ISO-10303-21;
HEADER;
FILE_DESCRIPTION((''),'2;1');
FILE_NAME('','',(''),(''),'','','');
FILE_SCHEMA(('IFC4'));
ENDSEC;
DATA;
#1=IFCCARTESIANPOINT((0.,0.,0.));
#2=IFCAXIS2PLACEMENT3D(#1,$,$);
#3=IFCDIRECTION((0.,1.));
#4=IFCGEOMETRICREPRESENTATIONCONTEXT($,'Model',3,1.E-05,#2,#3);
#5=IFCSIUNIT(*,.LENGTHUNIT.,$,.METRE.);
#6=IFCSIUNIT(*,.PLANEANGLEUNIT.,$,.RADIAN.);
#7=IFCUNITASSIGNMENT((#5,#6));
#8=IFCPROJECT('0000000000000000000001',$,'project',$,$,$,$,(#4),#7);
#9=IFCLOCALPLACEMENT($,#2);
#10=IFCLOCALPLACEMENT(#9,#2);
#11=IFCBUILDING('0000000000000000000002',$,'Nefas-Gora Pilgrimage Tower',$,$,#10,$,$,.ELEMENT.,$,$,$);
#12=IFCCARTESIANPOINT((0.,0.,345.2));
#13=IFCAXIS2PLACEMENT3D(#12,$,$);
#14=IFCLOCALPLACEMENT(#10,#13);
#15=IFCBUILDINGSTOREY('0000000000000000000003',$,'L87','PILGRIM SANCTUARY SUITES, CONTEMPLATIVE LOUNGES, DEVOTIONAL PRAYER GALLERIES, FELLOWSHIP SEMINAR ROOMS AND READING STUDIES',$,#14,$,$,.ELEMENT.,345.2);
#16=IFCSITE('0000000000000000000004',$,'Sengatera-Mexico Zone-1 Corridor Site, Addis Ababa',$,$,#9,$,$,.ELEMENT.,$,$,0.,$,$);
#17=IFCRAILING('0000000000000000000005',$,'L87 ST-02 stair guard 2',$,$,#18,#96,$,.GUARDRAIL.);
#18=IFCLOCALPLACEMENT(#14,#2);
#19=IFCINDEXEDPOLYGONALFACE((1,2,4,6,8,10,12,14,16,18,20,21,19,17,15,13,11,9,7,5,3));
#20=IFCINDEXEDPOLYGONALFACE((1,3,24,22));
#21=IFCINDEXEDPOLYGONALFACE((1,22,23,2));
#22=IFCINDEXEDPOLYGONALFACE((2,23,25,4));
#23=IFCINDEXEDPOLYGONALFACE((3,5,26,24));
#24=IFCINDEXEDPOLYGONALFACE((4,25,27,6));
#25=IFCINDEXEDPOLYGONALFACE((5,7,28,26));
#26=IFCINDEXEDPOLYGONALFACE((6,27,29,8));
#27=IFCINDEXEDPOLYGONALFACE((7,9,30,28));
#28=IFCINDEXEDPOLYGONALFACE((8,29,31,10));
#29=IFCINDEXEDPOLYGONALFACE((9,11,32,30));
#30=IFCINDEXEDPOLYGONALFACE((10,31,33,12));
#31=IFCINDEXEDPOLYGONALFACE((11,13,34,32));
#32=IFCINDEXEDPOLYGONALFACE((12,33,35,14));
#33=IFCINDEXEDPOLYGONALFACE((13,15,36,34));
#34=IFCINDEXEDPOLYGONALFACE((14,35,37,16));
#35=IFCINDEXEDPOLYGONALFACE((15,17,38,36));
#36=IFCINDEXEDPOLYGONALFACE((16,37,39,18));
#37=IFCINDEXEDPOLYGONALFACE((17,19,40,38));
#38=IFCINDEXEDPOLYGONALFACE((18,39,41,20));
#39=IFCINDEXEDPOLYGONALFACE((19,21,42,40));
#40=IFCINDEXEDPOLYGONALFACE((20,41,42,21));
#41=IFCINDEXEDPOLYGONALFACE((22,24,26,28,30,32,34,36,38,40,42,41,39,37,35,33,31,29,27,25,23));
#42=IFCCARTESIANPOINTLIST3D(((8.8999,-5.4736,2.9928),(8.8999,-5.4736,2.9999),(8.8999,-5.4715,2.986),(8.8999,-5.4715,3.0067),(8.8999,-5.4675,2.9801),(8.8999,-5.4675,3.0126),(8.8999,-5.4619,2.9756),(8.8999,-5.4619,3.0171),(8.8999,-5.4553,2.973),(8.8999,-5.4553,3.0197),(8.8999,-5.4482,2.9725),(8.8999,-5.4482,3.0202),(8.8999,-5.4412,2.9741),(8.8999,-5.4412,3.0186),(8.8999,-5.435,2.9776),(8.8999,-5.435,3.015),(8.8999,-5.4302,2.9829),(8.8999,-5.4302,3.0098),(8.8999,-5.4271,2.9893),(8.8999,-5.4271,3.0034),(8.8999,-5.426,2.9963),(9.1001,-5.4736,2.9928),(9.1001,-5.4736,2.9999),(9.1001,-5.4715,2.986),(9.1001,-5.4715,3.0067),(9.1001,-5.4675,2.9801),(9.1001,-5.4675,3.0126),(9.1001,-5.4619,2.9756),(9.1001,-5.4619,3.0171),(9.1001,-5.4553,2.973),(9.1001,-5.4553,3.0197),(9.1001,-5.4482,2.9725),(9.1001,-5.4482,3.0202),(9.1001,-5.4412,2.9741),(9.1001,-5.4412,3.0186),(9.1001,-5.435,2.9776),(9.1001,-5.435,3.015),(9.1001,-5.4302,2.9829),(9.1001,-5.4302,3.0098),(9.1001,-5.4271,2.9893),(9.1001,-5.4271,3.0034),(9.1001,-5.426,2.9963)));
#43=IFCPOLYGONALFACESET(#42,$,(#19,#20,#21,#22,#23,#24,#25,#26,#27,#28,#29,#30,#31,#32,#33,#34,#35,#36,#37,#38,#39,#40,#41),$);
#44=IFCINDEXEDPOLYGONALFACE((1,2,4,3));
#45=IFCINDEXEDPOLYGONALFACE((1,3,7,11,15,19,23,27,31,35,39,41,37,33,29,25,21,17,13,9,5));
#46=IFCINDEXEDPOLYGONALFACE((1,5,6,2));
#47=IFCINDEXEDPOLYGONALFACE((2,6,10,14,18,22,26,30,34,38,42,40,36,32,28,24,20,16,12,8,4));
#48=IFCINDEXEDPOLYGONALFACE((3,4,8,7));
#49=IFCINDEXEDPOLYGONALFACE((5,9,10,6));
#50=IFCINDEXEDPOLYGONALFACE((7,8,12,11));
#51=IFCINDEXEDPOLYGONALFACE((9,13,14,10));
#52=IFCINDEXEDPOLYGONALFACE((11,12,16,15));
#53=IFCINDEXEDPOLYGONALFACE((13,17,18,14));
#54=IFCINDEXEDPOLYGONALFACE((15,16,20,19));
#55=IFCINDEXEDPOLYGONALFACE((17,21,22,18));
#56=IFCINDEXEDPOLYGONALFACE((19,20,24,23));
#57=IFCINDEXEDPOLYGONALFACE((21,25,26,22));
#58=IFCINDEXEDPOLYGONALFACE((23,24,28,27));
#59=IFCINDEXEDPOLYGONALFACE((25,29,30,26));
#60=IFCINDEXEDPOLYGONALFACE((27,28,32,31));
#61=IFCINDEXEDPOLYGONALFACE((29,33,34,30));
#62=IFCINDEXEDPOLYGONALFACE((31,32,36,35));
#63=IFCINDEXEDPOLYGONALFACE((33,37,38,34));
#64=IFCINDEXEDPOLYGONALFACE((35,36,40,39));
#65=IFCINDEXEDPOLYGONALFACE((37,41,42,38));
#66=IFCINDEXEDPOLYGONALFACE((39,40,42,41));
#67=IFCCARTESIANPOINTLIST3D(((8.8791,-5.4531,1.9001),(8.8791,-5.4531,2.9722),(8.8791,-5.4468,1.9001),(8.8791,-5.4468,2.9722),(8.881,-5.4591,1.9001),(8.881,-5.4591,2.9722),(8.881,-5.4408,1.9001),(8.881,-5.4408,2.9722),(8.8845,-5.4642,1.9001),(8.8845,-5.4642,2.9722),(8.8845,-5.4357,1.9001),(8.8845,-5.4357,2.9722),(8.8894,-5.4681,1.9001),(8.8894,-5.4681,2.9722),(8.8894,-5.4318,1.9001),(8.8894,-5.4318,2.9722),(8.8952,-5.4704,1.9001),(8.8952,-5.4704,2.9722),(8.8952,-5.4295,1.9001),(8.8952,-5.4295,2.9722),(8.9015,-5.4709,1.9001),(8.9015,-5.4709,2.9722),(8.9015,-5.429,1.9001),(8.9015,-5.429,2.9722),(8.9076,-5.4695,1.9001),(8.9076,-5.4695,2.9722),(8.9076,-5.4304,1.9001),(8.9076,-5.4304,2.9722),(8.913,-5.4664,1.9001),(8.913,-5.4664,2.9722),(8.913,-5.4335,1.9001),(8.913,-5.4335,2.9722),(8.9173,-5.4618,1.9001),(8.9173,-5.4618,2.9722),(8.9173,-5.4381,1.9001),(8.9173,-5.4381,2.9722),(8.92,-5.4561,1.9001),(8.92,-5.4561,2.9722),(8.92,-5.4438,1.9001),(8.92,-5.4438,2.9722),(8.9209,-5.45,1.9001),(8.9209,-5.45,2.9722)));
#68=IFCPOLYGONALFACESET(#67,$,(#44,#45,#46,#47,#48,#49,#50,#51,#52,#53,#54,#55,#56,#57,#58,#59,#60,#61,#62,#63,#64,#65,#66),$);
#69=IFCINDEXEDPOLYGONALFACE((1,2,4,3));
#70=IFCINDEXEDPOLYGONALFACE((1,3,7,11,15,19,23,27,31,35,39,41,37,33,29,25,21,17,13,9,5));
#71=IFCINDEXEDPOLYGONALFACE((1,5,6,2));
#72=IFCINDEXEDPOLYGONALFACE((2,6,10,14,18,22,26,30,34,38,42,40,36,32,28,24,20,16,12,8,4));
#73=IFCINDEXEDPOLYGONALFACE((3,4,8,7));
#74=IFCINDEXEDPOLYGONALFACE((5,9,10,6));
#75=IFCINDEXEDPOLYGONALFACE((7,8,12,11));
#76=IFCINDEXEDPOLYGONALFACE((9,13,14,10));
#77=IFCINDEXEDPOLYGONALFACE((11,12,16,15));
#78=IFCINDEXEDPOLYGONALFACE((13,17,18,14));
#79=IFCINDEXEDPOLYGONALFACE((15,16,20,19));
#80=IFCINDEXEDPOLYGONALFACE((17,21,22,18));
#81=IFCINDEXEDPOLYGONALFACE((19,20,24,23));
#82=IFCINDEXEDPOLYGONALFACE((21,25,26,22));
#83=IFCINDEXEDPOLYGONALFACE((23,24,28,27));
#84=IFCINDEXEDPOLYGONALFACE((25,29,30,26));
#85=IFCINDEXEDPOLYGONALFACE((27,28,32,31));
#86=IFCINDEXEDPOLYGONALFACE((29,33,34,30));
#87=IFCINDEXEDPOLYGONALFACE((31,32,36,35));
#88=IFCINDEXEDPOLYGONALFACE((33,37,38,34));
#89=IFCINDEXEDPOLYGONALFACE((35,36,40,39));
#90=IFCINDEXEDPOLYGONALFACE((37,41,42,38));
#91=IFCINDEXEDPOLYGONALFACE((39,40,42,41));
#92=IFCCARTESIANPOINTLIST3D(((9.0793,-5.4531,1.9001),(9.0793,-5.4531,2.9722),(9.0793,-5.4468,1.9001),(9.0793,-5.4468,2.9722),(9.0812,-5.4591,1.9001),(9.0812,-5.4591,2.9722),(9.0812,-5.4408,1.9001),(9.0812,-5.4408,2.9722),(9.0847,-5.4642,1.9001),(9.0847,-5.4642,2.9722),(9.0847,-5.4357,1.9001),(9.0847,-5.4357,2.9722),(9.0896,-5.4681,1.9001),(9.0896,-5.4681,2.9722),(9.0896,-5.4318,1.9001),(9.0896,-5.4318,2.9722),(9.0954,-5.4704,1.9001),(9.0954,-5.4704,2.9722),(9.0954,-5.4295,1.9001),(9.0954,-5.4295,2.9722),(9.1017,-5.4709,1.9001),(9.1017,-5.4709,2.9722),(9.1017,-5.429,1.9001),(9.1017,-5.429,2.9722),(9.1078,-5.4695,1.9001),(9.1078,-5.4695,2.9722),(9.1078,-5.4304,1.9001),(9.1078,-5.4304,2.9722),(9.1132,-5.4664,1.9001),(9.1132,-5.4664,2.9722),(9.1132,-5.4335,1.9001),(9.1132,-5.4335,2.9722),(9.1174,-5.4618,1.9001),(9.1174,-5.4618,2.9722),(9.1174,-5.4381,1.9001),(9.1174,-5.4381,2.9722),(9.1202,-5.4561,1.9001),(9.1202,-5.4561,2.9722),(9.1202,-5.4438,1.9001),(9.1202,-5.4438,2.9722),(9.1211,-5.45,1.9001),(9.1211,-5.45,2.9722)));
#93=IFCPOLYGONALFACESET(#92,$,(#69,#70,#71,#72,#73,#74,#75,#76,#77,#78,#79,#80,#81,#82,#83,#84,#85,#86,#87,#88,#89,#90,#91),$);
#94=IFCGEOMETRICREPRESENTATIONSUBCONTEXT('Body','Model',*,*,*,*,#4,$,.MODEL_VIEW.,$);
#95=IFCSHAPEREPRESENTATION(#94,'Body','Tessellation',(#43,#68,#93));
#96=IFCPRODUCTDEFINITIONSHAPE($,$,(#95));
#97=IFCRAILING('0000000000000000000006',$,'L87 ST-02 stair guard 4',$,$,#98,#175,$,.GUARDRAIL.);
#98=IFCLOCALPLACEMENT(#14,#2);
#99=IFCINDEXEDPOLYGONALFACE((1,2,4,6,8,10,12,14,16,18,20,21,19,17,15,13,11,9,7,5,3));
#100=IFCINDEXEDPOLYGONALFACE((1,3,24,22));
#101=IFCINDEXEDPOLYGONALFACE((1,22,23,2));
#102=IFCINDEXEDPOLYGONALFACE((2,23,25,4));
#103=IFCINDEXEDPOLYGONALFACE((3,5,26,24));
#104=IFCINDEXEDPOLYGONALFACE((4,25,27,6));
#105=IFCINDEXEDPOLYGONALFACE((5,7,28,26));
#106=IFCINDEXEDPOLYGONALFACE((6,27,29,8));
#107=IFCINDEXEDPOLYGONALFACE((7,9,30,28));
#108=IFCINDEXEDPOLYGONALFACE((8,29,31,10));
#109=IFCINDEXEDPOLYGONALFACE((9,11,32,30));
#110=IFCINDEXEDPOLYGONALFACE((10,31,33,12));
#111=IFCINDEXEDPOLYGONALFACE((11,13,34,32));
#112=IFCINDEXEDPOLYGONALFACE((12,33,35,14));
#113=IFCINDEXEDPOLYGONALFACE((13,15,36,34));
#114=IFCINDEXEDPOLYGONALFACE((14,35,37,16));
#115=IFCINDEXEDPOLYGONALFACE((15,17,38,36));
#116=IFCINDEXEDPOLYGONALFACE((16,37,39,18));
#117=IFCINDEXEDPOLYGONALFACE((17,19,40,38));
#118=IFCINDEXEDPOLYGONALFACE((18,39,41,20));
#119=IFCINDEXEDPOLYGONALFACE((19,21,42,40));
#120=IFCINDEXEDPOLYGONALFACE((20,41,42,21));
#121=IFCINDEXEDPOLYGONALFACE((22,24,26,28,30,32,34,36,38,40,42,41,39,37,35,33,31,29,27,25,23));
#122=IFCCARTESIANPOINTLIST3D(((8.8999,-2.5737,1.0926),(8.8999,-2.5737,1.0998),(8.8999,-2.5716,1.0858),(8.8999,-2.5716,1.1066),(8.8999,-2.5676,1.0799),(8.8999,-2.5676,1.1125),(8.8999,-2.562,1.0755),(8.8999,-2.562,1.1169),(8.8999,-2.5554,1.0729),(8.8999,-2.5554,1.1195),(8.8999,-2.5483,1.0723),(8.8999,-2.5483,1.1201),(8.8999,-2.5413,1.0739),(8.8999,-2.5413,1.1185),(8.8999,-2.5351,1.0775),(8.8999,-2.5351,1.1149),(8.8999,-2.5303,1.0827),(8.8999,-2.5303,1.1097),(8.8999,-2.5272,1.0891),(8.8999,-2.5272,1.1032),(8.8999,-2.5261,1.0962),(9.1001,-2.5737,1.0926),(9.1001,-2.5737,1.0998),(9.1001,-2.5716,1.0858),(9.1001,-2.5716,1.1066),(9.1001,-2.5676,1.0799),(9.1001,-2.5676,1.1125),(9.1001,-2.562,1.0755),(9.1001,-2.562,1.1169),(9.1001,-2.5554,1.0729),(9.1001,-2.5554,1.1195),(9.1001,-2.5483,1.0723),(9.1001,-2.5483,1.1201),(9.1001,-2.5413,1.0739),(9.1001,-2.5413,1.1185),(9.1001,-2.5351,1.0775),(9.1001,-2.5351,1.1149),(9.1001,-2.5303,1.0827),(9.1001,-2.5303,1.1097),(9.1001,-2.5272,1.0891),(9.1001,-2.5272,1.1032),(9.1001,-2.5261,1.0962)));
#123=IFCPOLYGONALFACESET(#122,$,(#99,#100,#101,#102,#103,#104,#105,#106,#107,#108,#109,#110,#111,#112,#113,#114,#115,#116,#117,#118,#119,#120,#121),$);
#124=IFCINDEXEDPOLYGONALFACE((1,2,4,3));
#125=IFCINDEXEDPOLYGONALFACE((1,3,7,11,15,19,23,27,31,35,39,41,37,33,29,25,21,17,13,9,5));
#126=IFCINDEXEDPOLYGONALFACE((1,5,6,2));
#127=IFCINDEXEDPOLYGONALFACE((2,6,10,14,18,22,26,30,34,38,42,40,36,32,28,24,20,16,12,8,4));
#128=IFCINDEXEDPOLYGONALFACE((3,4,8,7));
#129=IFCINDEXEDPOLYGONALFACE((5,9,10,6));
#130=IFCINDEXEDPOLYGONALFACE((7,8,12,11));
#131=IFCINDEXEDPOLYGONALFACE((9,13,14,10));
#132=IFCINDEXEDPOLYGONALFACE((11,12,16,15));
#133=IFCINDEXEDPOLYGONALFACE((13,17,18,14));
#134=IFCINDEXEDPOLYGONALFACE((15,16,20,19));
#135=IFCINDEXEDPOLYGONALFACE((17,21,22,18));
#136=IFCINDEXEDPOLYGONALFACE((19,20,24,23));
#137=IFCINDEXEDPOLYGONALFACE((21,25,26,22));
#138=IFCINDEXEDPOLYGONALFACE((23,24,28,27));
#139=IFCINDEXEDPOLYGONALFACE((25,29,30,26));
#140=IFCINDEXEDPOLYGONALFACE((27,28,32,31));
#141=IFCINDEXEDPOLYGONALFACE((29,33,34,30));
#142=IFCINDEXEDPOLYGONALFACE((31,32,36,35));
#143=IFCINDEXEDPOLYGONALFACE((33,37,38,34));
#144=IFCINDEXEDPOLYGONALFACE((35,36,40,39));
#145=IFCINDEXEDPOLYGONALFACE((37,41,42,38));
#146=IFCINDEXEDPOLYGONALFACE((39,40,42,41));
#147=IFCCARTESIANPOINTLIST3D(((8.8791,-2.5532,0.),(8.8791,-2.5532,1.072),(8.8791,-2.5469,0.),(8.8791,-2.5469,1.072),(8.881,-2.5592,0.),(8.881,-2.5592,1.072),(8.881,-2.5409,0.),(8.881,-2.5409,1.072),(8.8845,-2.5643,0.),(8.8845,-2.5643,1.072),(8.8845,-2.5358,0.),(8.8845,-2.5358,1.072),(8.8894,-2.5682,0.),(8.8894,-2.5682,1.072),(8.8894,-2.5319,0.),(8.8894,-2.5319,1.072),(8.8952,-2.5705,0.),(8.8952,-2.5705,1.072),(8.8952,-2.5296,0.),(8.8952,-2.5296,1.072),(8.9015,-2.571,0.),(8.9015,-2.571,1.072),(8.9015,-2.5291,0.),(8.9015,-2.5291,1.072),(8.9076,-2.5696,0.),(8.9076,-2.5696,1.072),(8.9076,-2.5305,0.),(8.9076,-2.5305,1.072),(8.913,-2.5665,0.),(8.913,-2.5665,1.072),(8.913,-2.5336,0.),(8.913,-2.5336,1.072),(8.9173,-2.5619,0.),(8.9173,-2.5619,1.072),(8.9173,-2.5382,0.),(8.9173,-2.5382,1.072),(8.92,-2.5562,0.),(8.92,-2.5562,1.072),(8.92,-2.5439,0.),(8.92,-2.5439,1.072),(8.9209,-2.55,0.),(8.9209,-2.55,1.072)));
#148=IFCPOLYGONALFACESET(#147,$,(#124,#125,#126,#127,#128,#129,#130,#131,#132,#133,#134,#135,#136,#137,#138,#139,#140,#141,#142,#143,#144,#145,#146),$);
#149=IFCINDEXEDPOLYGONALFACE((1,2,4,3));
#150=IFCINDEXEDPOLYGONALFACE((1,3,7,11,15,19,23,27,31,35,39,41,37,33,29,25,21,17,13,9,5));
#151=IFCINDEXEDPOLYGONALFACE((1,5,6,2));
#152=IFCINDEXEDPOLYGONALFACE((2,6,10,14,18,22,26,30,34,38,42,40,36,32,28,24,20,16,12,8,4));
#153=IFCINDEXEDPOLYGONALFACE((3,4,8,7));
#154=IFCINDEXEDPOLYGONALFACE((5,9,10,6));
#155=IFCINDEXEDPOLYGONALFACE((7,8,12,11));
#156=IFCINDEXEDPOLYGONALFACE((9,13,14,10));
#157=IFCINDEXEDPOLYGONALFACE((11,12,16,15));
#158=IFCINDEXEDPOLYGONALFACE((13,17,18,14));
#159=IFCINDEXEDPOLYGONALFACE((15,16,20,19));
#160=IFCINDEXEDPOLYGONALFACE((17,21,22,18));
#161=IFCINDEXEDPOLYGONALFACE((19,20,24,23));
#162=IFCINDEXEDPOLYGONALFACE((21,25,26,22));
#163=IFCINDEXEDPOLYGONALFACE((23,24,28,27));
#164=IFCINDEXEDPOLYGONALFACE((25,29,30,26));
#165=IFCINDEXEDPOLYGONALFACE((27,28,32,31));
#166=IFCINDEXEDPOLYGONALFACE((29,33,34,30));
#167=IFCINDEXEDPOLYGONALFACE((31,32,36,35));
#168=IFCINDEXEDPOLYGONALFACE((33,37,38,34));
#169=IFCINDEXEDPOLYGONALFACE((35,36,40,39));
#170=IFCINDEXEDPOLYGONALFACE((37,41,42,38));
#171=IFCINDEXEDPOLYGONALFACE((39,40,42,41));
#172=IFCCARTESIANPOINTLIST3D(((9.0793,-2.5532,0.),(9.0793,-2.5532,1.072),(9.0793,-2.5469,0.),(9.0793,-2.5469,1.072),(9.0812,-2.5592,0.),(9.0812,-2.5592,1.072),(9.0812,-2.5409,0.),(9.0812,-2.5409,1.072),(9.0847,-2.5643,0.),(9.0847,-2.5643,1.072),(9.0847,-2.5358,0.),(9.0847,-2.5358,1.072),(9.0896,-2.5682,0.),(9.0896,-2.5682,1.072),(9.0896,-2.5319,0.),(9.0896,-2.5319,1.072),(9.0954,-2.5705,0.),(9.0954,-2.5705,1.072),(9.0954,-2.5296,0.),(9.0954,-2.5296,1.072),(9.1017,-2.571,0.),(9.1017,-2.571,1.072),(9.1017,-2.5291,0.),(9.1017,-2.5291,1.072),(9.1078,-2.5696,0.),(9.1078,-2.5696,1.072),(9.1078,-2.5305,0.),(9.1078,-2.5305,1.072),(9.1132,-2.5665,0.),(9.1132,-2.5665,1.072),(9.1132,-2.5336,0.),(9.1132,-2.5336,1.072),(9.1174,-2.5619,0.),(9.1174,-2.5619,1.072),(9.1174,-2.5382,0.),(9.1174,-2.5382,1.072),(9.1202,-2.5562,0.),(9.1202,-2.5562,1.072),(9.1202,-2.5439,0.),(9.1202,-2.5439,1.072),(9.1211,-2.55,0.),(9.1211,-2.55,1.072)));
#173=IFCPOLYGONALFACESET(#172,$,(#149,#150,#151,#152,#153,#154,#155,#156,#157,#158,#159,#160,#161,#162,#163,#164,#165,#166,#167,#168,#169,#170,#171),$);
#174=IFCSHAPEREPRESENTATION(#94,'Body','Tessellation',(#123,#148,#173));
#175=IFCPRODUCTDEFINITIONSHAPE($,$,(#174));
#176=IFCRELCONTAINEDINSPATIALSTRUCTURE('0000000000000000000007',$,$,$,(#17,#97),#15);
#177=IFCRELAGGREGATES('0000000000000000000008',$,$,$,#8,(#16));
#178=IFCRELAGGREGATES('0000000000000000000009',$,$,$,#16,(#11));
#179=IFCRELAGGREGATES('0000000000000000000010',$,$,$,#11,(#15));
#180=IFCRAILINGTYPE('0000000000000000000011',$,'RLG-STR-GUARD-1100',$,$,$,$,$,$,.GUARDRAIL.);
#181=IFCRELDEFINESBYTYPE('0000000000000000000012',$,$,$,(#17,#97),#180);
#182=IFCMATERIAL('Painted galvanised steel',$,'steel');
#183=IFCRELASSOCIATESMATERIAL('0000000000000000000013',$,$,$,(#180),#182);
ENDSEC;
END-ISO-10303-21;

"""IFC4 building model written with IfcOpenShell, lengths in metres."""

from ifc_helpers import new_model, si_unit, direction, frame, origin, origin_2d, place, context, subcontext, project, spatial, circle, extrude, material, type_object, element, save


model = new_model("IFC4")

# Units and contexts
model_context = context("Model", 3, precision=1e-05, world=origin(), true_north=direction((0.0, 1.0)))
body_context = subcontext(model_context, "Body", "Model", "MODEL_VIEW")
ifc_project = project(units=[si_unit("LENGTHUNIT", "METRE"), si_unit("PLANEANGLEUNIT", "RADIAN")], contexts=[model_context])

# Site, building, storey
site_placement = place(None, origin())
site = spatial("IfcSite", under=ifc_project, at=site_placement, Name="Sengatera-Mexico Zone-1 Corridor Site, Addis Ababa", CompositionType="ELEMENT", RefElevation=0.0)
building_placement = place(site_placement, origin())
building = spatial("IfcBuilding", under=site, at=building_placement, Name="Nefas-Gora Pilgrimage Tower", CompositionType="ELEMENT")
storey_placement = place(building_placement, frame((0.0, 0.0, 345.2)))
storey = spatial("IfcBuildingStorey", under=building, at=storey_placement, Name="L87", Description="PILGRIM SANCTUARY SUITES, CONTEMPLATIVE LOUNGES, DEVOTIONAL PRAYER GALLERIES, FELLOWSHIP SEMINAR ROOMS AND READING STUDIES", CompositionType="ELEMENT", Elevation=345.2)

# Railings
ifc_material_1 = material(Name="Painted galvanised steel", Category="steel")
railing_type_1 = type_object("IfcRailingType", Name="RLG-STR-GUARD-1100", PredefinedType="GUARDRAIL", material=ifc_material_1)
for number, where, name in (
    (1, (8.8999, -5.45, 1.9001), "L87 ST-02 stair guard 2"),
    (2, (8.8999, -2.55, 0.0), "L87 ST-02 stair guard 4"),
):
    element("IfcRailing", number, at=place(storey_placement, frame(where)), inside=storey, type_object=railing_type_1, Name=name, PredefinedType="GUARDRAIL", context=body_context, shape_type="SweptSolid", body=[
        extrude(circle(Radius=0.0239, at=origin_2d()), frame((0.0, 0.0, 1.0962), z_axis=(1.0, 0.0, 0.0), x_axis=(0.0, 1.0, 0.0)), (0.0, 0.0, 1.0), 0.2002),
        extrude(circle(Radius=0.021, at=origin_2d()), origin(), (0.0, 0.0, 1.0), 1.072),
        extrude(circle(Radius=0.021, at=origin_2d()), frame((0.2002, 0.0, 0.0)), (0.0, 0.0, 1.0), 1.072),
    ])

save(model, "model.ifc")
